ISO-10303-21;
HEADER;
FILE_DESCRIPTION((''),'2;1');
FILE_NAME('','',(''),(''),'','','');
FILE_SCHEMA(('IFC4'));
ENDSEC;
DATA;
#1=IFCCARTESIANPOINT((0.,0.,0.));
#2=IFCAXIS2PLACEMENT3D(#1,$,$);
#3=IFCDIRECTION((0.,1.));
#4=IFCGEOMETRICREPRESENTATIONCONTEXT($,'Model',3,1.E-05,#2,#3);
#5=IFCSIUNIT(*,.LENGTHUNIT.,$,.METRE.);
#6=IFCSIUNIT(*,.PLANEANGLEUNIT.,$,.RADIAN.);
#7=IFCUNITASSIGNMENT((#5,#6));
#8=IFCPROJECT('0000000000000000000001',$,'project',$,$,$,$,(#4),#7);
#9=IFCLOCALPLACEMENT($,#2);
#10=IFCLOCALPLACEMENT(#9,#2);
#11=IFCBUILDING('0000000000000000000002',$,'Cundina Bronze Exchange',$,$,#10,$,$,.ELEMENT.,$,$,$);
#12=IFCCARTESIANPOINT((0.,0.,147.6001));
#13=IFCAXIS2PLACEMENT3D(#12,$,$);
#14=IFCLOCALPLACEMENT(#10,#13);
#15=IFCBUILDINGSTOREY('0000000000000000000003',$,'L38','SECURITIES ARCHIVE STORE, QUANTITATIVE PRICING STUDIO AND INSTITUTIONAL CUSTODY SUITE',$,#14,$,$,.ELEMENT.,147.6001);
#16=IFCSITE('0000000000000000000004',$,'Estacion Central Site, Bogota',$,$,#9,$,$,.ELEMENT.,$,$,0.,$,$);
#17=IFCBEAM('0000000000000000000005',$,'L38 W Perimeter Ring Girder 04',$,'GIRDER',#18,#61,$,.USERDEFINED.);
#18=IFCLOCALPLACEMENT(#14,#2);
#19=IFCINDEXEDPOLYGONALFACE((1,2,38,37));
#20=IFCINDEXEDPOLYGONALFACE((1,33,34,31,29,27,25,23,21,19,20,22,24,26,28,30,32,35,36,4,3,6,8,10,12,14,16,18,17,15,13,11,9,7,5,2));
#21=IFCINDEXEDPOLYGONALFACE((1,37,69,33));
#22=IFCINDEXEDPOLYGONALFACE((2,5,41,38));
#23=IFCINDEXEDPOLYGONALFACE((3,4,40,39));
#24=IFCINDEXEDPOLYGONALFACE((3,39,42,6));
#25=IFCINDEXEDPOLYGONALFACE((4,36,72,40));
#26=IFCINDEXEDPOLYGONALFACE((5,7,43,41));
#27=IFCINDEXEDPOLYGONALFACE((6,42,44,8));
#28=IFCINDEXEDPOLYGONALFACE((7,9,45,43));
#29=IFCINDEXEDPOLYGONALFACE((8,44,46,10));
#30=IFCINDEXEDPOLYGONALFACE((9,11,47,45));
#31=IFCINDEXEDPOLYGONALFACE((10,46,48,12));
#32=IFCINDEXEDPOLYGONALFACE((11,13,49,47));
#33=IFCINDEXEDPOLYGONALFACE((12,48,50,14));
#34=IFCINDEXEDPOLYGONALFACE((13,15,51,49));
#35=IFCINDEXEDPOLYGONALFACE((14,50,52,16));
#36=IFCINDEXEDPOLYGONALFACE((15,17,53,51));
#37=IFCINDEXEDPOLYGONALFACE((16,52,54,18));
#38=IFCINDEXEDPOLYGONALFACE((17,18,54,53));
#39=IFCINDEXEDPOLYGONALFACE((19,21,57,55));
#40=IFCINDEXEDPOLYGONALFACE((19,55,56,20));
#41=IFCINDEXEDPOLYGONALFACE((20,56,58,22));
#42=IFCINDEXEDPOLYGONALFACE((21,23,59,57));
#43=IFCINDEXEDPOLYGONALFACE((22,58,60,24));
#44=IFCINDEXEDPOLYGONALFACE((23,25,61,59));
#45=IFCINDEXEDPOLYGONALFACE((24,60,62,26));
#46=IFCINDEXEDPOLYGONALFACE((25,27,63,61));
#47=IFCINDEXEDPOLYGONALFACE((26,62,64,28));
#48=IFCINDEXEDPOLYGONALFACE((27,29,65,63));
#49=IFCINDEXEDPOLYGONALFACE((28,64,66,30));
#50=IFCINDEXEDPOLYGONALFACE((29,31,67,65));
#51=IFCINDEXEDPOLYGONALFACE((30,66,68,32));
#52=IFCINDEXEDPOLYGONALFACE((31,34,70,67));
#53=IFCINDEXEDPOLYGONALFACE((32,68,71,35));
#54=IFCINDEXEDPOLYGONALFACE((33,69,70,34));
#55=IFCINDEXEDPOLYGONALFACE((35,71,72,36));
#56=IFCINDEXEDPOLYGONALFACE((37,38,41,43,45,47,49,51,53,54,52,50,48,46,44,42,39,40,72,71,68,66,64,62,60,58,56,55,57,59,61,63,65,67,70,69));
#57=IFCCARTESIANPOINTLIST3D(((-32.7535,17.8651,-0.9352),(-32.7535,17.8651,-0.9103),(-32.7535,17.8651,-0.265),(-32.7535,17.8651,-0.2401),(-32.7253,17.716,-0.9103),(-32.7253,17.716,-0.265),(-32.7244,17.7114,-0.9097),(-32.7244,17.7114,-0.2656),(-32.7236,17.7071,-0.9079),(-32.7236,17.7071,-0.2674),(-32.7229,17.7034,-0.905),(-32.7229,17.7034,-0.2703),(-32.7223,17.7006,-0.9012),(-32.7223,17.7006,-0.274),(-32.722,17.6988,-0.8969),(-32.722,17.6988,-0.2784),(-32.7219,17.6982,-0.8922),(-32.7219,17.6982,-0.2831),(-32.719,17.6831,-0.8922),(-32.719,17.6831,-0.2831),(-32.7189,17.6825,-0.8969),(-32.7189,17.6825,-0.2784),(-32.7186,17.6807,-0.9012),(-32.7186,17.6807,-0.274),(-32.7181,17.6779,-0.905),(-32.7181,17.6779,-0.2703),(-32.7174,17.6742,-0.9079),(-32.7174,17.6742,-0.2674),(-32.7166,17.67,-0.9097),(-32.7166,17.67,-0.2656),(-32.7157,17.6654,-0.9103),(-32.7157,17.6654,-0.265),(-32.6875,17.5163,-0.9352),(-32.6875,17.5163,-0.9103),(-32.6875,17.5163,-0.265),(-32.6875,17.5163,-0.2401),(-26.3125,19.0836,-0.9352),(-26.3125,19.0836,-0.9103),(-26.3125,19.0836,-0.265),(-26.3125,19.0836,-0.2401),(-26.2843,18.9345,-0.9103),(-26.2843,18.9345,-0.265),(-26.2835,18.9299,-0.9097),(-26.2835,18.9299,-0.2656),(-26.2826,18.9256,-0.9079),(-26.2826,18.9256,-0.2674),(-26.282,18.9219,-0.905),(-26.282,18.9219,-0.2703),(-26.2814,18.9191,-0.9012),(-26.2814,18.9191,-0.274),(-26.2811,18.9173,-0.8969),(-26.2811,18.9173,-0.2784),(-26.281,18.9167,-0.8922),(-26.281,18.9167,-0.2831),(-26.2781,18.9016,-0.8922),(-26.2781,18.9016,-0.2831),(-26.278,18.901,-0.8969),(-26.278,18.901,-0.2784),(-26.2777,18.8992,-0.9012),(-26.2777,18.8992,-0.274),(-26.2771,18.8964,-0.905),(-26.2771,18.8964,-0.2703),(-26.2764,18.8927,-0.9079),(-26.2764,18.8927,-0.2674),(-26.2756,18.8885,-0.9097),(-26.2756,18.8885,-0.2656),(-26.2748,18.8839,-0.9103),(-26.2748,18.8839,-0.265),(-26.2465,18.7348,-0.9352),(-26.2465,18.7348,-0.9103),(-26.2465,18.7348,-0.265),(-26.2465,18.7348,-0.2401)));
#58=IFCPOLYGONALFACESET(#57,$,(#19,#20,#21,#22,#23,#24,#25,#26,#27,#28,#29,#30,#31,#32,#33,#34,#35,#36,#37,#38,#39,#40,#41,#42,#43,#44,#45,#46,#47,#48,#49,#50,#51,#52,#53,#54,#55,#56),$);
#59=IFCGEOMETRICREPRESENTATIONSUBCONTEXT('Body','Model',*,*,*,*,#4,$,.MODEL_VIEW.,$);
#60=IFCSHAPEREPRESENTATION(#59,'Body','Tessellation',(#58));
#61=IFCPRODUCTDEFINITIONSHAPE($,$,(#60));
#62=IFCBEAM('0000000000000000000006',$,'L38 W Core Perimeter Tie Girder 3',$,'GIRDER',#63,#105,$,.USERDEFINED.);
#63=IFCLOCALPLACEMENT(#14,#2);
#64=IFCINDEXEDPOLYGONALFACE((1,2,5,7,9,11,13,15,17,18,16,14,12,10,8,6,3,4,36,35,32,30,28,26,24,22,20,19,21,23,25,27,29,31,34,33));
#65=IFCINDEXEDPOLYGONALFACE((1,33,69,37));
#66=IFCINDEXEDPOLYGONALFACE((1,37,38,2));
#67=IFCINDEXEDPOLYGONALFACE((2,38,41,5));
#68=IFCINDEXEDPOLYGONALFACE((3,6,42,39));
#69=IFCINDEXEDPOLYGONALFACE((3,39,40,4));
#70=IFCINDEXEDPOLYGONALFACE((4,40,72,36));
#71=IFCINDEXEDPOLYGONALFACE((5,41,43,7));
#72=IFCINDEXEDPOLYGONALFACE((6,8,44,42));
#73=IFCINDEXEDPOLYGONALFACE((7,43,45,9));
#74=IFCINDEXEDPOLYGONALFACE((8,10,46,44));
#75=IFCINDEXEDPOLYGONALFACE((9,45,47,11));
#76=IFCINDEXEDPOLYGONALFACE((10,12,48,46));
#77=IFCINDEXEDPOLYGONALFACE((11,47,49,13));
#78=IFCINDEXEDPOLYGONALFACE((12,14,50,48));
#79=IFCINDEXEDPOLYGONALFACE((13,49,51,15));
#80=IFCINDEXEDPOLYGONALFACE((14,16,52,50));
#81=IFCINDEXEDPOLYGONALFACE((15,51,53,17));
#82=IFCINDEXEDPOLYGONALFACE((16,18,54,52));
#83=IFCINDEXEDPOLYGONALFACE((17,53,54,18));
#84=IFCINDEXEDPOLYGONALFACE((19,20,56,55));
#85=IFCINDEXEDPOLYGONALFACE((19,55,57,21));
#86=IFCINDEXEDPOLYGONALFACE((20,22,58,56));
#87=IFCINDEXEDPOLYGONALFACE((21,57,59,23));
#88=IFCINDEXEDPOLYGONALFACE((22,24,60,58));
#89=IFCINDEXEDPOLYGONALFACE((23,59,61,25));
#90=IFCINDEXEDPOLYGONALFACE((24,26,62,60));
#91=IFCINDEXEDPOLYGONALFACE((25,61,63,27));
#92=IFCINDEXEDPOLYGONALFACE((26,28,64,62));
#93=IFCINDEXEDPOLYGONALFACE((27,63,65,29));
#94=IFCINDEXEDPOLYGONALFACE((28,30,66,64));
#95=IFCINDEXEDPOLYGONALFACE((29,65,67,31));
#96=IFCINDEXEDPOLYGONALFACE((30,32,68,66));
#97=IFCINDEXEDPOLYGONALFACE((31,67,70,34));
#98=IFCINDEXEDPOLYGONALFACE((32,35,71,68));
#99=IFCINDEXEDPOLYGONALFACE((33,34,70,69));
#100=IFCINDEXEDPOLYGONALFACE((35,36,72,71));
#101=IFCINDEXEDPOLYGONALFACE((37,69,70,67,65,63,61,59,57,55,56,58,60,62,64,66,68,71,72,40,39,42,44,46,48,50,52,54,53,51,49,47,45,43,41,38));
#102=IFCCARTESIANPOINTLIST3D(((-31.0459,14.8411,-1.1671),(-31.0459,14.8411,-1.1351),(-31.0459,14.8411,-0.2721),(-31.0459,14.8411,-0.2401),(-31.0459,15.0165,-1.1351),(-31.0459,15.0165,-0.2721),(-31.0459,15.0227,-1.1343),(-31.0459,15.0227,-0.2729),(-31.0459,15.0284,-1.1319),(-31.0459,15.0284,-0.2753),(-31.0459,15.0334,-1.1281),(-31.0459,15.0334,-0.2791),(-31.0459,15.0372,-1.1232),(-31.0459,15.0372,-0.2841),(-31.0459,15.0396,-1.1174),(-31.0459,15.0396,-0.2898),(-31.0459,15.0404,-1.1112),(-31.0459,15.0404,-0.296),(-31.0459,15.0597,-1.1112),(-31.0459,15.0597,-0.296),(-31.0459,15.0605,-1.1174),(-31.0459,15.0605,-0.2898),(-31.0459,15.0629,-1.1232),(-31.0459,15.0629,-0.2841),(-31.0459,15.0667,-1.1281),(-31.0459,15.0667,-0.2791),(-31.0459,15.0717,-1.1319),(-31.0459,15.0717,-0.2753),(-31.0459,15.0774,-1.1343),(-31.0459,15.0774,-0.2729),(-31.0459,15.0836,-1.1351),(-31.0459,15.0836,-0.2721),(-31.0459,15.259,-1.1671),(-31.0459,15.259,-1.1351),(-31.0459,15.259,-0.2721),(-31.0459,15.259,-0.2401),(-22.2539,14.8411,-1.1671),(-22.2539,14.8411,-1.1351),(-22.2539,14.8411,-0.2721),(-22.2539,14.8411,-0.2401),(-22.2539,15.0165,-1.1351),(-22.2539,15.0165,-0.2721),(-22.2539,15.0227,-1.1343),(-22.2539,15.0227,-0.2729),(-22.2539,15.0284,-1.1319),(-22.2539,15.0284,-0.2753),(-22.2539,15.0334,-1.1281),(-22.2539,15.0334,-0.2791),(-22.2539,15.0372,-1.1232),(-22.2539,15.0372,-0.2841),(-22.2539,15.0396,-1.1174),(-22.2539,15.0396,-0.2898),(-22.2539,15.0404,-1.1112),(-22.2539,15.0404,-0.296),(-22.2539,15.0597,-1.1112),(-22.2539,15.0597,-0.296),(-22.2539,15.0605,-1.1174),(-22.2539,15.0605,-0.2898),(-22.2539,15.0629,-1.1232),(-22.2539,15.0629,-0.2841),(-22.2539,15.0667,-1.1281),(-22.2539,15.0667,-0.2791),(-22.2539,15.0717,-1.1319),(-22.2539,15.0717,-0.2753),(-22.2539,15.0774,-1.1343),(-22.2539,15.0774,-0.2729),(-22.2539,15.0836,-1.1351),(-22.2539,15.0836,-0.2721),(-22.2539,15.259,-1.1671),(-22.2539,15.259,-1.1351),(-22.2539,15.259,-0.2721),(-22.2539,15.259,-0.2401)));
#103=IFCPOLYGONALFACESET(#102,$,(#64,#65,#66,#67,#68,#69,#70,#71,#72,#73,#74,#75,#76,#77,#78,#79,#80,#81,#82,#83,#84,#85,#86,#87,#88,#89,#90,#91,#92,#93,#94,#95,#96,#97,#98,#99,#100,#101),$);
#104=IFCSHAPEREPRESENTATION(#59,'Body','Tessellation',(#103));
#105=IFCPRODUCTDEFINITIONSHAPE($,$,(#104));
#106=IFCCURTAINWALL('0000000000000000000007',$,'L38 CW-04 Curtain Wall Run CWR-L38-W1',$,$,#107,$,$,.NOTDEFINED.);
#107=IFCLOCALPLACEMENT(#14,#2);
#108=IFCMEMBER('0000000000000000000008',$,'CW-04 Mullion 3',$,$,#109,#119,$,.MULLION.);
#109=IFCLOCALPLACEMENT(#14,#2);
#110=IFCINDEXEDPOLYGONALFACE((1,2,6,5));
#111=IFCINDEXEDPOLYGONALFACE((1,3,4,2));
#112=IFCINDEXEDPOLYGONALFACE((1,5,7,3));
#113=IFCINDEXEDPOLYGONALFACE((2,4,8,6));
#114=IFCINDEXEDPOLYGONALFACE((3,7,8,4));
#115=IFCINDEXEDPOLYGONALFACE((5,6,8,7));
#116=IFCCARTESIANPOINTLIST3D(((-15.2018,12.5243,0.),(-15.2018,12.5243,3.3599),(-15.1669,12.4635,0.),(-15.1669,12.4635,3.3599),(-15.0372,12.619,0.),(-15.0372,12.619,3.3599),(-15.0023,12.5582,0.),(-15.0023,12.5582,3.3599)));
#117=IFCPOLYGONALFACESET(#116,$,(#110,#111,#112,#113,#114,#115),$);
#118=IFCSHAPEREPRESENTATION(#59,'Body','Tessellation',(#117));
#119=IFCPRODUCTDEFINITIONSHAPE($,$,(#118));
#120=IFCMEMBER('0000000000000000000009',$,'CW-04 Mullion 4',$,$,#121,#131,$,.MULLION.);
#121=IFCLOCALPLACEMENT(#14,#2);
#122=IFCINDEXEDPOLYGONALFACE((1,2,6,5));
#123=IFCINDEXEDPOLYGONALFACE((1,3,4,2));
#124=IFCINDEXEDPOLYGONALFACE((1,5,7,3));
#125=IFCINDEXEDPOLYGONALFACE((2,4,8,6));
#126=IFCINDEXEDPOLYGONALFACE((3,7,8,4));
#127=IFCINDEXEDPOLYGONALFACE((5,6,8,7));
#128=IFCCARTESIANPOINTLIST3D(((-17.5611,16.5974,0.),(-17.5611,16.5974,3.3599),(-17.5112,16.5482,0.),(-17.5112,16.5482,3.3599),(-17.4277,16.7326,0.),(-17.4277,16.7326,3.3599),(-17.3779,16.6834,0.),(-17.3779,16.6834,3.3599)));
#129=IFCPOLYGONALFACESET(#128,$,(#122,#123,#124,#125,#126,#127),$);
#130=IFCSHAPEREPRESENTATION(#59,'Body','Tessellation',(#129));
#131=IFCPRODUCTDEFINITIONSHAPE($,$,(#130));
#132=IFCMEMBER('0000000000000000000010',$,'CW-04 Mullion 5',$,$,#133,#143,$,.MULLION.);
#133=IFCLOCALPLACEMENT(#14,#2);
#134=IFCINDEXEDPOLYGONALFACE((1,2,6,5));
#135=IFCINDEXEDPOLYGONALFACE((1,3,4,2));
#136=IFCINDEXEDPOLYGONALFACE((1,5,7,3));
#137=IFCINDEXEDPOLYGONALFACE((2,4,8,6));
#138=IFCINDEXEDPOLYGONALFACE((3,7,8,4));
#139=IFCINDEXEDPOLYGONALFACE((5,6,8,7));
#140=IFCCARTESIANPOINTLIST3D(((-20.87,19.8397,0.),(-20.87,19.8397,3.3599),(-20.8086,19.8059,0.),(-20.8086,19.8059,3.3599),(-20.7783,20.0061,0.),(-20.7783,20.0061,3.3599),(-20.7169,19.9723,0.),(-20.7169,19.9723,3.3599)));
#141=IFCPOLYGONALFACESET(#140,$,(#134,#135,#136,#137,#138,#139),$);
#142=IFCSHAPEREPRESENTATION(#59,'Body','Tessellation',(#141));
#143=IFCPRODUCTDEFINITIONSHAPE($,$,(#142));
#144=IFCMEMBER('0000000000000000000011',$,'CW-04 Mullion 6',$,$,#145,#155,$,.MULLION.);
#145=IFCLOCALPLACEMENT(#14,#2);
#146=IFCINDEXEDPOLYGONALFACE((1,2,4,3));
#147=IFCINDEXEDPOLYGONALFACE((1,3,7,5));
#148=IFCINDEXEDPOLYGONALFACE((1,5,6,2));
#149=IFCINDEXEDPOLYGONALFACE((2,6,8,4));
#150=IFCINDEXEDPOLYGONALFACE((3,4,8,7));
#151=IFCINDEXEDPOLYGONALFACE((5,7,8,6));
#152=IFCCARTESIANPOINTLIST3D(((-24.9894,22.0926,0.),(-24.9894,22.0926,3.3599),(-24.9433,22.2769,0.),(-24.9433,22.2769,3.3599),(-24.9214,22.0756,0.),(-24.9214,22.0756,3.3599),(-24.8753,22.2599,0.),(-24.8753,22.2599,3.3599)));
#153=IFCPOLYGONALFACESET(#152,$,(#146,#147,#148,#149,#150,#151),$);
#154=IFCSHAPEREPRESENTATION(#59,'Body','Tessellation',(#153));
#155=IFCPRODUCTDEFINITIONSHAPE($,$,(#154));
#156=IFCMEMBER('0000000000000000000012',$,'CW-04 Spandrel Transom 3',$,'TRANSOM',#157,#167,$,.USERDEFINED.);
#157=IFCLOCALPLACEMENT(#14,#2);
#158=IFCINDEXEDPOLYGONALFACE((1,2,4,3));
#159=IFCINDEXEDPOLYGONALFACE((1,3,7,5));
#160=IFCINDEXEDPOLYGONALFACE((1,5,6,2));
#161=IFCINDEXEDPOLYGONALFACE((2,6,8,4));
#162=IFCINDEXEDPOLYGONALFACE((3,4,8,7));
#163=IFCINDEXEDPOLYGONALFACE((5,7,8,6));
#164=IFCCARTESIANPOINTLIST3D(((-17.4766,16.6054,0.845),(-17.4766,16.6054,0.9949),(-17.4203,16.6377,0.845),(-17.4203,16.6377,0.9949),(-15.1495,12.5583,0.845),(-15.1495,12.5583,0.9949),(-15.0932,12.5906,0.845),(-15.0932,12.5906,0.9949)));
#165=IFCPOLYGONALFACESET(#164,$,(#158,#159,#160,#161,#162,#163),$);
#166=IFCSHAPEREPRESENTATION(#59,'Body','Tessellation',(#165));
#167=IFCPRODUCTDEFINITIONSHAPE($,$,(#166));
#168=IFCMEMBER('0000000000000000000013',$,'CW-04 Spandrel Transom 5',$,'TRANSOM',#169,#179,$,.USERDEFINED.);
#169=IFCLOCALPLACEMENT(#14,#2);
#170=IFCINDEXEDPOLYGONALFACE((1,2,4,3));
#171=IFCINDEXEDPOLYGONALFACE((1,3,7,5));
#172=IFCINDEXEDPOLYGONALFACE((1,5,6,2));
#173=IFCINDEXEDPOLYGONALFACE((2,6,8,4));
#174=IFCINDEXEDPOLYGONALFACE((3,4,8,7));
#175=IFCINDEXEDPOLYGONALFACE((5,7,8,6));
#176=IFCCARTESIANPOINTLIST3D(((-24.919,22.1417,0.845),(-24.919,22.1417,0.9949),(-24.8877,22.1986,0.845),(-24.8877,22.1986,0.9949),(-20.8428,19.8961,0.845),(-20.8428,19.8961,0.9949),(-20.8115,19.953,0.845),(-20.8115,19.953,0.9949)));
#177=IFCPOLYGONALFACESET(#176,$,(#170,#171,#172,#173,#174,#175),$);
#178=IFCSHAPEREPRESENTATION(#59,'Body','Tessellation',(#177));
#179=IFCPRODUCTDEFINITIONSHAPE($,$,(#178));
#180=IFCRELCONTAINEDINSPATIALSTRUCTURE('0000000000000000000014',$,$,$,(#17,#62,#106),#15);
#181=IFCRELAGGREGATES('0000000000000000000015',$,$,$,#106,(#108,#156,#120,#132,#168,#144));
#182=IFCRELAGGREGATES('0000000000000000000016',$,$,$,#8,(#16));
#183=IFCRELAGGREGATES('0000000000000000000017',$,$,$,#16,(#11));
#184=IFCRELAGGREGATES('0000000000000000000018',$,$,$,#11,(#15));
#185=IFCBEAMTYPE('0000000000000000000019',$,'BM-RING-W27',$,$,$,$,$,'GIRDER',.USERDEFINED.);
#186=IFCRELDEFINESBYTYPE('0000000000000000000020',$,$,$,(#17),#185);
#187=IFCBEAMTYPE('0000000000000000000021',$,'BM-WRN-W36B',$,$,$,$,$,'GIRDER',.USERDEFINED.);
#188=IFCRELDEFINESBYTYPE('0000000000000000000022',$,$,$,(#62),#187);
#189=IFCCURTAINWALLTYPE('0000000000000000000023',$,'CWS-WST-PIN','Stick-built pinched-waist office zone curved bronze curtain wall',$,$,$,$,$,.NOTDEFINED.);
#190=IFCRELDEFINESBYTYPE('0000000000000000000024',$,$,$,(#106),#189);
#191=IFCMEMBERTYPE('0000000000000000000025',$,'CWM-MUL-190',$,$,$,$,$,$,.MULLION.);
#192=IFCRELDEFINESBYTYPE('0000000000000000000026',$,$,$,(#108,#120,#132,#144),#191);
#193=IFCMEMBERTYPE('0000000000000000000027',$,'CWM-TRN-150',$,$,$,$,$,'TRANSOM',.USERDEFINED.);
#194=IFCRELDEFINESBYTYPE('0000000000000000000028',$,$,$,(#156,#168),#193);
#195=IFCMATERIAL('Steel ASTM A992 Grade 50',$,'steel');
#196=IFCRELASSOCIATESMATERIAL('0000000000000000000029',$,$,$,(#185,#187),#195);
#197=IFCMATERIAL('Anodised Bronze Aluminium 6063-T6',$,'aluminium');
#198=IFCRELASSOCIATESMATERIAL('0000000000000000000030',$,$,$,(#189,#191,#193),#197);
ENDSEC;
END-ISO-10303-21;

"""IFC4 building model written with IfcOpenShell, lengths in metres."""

from ifc_helpers import new_model, si_unit, direction, frame, origin, origin_2d, place, context, subcontext, project, spatial, rectangle, i_section, extrude, material, material_profile, profile_set, type_object, element, aggregate, save


model = new_model("IFC4")

# Units and contexts
model_context = context("Model", 3, precision=1e-05, world=origin(), true_north=direction((0.0, 1.0)))
body_context = subcontext(model_context, "Body", "Model", "MODEL_VIEW")
ifc_project = project(units=[si_unit("LENGTHUNIT", "METRE"), si_unit("PLANEANGLEUNIT", "RADIAN")], contexts=[model_context])

# Site, building, storey
site_placement = place(None, origin())
site = spatial("IfcSite", under=ifc_project, at=site_placement, Name="Estacion Central Site, Bogota", CompositionType="ELEMENT", RefElevation=0.0)
building_placement = place(site_placement, origin())
building = spatial("IfcBuilding", under=site, at=building_placement, Name="Cundina Bronze Exchange", CompositionType="ELEMENT")
storey_placement = place(building_placement, frame((0.0, 0.0, 147.6001)))
storey = spatial("IfcBuildingStorey", under=building, at=storey_placement, Name="L38", Description="SECURITIES ARCHIVE STORE, QUANTITATIVE PRICING STUDIO AND INSTITUTIONAL CUSTODY SUITE", CompositionType="ELEMENT", Elevation=147.6001)

# Shared definitions
ifc_material_1 = material(Name="Steel ASTM A992 Grade 50", Category="steel")

# Beams
ifc_material_profile_1 = material_profile(ifc_material_1, i_section(OverallWidth=0.355, OverallDepth=0.6951, WebThickness=0.0154, FlangeThickness=0.0249, FilletRadius=0.0181, at=origin_2d()), Name="W27X146", Category="steel")
ifc_profile_set_1 = profile_set([ifc_material_profile_1], Name="Steel ASTM A992 Grade 50")
beam_type_1 = type_object("IfcBeamType", Name="BM-RING-W27", ElementType="GIRDER", PredefinedType="USERDEFINED", material=ifc_profile_set_1)
beam_1_placement = place(storey_placement, frame((-26.2795, 18.9092, -0.5876), z_axis=(-0.982572, -0.185885, 0.0), x_axis=(0.185885, -0.982572, 0.0)))
element("IfcBeam", 1, at=beam_1_placement, inside=storey, type_object=beam_type_1, Name="L38 W Perimeter Ring Girder 04", ObjectType="GIRDER", PredefinedType="USERDEFINED", context=body_context, shape_type="SweptSolid", body=[
    extrude(i_section(OverallWidth=0.355, OverallDepth=0.6951, WebThickness=0.0154, FlangeThickness=0.0249, FilletRadius=0.0181, at=origin_2d()), origin(), (0.0, 0.0, 1.0), 6.5552),
])
ifc_material_profile_2 = material_profile(ifc_material_1, i_section(OverallWidth=0.418, OverallDepth=0.927, WebThickness=0.0193, FlangeThickness=0.032, FilletRadius=0.0239, at=origin_2d()), Name="W36X231", Category="steel")
ifc_profile_set_2 = profile_set([ifc_material_profile_2], Name="Steel ASTM A992 Grade 50")
beam_type_2 = type_object("IfcBeamType", Name="BM-WRN-W36B", ElementType="GIRDER", PredefinedType="USERDEFINED", material=ifc_profile_set_2)
beam_2_placement = place(storey_placement, frame((-22.2539, 15.05, -0.7036), z_axis=(-1.0, 0.0, 0.0), x_axis=(0.0, -1.0, 0.0)))
element("IfcBeam", 2, at=beam_2_placement, inside=storey, type_object=beam_type_2, Name="L38 W Core Perimeter Tie Girder 3", ObjectType="GIRDER", PredefinedType="USERDEFINED", context=body_context, shape_type="SweptSolid", body=[
    extrude(i_section(OverallWidth=0.418, OverallDepth=0.927, WebThickness=0.0193, FlangeThickness=0.032, FilletRadius=0.0239, at=origin_2d()), origin(), (0.0, 0.0, 1.0), 8.792),
])

# Curtain wall, members
ifc_material_2 = material(Name="Anodised Bronze Aluminium 6063-T6", Category="aluminium")
curtain_wall_type = type_object("IfcCurtainWallType", Name="CWS-WST-PIN", Description="Stick-built pinched-waist office zone curved bronze curtain wall", PredefinedType="NOTDEFINED", material=ifc_material_2)
curtain_wall_placement = place(storey_placement, origin())
curtain_wall = element("IfcCurtainWall", 3, at=curtain_wall_placement, inside=storey, type_object=curtain_wall_type, Name="L38 CW-04 Curtain Wall Run CWR-L38-W1", PredefinedType="NOTDEFINED")
ifc_material_profile_3 = material_profile(ifc_material_2, rectangle(XDim=0.0701, YDim=0.1899, at=origin_2d()), Name="AL70X190", Category="aluminium")
ifc_profile_set_3 = profile_set([ifc_material_profile_3], Name="Anodised Bronze Aluminium 6063-T6")
member_type_1 = type_object("IfcMemberType", Name="CWM-MUL-190", PredefinedType="MULLION", material=ifc_profile_set_3)
member_1_placement = place(storey_placement, frame((-15.1021, 12.5413, 0.0), z_axis=(0.0, 0.0, 1.0), x_axis=(-0.498488, 0.866897, 0.0)))
member_1 = element("IfcMember", 4, at=member_1_placement, type_object=member_type_1, Name="CW-04 Mullion 3", PredefinedType="MULLION", context=body_context, shape_type="SweptSolid", body=[
    extrude(rectangle(XDim=0.0701, YDim=0.1899, at=origin_2d()), origin(), (0.0, 0.0, 1.0), 3.3599),
])
member_2_placement = place(storey_placement, frame((-17.4695, 16.6404, 0.0), z_axis=(0.0, 0.0, 1.0), x_axis=(-0.712026, 0.702153, 0.0)))
member_2 = element("IfcMember", 5, at=member_2_placement, type_object=member_type_1, Name="CW-04 Mullion 4", PredefinedType="MULLION", context=body_context, shape_type="SweptSolid", body=[
    extrude(rectangle(XDim=0.0701, YDim=0.1899, at=origin_2d()), origin(), (0.0, 0.0, 1.0), 3.3599),
])
member_3_placement = place(storey_placement, frame((-20.7935, 19.906, 0.0), z_axis=(0.0, 0.0, 1.0), x_axis=(-0.875886, 0.482518, 0.0)))
member_3 = element("IfcMember", 6, at=member_3_placement, type_object=member_type_1, Name="CW-04 Mullion 5", PredefinedType="MULLION", context=body_context, shape_type="SweptSolid", body=[
    extrude(rectangle(XDim=0.0701, YDim=0.1899, at=origin_2d()), origin(), (0.0, 0.0, 1.0), 3.3599),
])
member_4_placement = place(storey_placement, frame((-24.9324, 22.1763, 0.0), z_axis=(0.0, 0.0, 1.0), x_axis=(-0.970084, 0.242769, 0.0)))
member_4 = element("IfcMember", 7, at=member_4_placement, type_object=member_type_1, Name="CW-04 Mullion 6", PredefinedType="MULLION", context=body_context, shape_type="SweptSolid", body=[
    extrude(rectangle(XDim=0.0701, YDim=0.1899, at=origin_2d()), origin(), (0.0, 0.0, 1.0), 3.3599),
])
ifc_material_profile_4 = material_profile(ifc_material_2, rectangle(XDim=0.0649, YDim=0.1499, at=origin_2d()), Name="AL65X150", Category="aluminium")
ifc_profile_set_4 = profile_set([ifc_material_profile_4], Name="Anodised Bronze Aluminium 6063-T6")
member_type_2 = type_object("IfcMemberType", Name="CWM-TRN-150", ElementType="TRANSOM", PredefinedType="USERDEFINED", material=ifc_profile_set_4)
member_5_placement = place(storey_placement, frame((-15.1213, 12.5745, 0.9199), z_axis=(-0.49848, 0.866901, 0.0), x_axis=(-0.866901, -0.49848, 0.0)))
member_5 = element("IfcMember", 8, at=member_5_placement, type_object=member_type_2, Name="CW-04 Spandrel Transom 3", ObjectType="TRANSOM", PredefinedType="USERDEFINED", context=body_context, shape_type="SweptSolid", body=[
    extrude(rectangle(XDim=0.0649, YDim=0.1499, at=origin_2d()), origin(), (0.0, 0.0, 1.0), 4.6685),
])
member_6_placement = place(storey_placement, frame((-20.8271, 19.9246, 0.9199), z_axis=(-0.875879, 0.482531, 0.0), x_axis=(-0.482531, -0.875879, 0.0)))
member_6 = element("IfcMember", 9, at=member_6_placement, type_object=member_type_2, Name="CW-04 Spandrel Transom 5", ObjectType="TRANSOM", PredefinedType="USERDEFINED", context=body_context, shape_type="SweptSolid", body=[
    extrude(rectangle(XDim=0.0649, YDim=0.1499, at=origin_2d()), origin(), (0.0, 0.0, 1.0), 4.6538),
])
aggregate(curtain_wall, [member_1, member_5, member_2, member_3, member_6, member_4])

save(model, "model.ifc")
